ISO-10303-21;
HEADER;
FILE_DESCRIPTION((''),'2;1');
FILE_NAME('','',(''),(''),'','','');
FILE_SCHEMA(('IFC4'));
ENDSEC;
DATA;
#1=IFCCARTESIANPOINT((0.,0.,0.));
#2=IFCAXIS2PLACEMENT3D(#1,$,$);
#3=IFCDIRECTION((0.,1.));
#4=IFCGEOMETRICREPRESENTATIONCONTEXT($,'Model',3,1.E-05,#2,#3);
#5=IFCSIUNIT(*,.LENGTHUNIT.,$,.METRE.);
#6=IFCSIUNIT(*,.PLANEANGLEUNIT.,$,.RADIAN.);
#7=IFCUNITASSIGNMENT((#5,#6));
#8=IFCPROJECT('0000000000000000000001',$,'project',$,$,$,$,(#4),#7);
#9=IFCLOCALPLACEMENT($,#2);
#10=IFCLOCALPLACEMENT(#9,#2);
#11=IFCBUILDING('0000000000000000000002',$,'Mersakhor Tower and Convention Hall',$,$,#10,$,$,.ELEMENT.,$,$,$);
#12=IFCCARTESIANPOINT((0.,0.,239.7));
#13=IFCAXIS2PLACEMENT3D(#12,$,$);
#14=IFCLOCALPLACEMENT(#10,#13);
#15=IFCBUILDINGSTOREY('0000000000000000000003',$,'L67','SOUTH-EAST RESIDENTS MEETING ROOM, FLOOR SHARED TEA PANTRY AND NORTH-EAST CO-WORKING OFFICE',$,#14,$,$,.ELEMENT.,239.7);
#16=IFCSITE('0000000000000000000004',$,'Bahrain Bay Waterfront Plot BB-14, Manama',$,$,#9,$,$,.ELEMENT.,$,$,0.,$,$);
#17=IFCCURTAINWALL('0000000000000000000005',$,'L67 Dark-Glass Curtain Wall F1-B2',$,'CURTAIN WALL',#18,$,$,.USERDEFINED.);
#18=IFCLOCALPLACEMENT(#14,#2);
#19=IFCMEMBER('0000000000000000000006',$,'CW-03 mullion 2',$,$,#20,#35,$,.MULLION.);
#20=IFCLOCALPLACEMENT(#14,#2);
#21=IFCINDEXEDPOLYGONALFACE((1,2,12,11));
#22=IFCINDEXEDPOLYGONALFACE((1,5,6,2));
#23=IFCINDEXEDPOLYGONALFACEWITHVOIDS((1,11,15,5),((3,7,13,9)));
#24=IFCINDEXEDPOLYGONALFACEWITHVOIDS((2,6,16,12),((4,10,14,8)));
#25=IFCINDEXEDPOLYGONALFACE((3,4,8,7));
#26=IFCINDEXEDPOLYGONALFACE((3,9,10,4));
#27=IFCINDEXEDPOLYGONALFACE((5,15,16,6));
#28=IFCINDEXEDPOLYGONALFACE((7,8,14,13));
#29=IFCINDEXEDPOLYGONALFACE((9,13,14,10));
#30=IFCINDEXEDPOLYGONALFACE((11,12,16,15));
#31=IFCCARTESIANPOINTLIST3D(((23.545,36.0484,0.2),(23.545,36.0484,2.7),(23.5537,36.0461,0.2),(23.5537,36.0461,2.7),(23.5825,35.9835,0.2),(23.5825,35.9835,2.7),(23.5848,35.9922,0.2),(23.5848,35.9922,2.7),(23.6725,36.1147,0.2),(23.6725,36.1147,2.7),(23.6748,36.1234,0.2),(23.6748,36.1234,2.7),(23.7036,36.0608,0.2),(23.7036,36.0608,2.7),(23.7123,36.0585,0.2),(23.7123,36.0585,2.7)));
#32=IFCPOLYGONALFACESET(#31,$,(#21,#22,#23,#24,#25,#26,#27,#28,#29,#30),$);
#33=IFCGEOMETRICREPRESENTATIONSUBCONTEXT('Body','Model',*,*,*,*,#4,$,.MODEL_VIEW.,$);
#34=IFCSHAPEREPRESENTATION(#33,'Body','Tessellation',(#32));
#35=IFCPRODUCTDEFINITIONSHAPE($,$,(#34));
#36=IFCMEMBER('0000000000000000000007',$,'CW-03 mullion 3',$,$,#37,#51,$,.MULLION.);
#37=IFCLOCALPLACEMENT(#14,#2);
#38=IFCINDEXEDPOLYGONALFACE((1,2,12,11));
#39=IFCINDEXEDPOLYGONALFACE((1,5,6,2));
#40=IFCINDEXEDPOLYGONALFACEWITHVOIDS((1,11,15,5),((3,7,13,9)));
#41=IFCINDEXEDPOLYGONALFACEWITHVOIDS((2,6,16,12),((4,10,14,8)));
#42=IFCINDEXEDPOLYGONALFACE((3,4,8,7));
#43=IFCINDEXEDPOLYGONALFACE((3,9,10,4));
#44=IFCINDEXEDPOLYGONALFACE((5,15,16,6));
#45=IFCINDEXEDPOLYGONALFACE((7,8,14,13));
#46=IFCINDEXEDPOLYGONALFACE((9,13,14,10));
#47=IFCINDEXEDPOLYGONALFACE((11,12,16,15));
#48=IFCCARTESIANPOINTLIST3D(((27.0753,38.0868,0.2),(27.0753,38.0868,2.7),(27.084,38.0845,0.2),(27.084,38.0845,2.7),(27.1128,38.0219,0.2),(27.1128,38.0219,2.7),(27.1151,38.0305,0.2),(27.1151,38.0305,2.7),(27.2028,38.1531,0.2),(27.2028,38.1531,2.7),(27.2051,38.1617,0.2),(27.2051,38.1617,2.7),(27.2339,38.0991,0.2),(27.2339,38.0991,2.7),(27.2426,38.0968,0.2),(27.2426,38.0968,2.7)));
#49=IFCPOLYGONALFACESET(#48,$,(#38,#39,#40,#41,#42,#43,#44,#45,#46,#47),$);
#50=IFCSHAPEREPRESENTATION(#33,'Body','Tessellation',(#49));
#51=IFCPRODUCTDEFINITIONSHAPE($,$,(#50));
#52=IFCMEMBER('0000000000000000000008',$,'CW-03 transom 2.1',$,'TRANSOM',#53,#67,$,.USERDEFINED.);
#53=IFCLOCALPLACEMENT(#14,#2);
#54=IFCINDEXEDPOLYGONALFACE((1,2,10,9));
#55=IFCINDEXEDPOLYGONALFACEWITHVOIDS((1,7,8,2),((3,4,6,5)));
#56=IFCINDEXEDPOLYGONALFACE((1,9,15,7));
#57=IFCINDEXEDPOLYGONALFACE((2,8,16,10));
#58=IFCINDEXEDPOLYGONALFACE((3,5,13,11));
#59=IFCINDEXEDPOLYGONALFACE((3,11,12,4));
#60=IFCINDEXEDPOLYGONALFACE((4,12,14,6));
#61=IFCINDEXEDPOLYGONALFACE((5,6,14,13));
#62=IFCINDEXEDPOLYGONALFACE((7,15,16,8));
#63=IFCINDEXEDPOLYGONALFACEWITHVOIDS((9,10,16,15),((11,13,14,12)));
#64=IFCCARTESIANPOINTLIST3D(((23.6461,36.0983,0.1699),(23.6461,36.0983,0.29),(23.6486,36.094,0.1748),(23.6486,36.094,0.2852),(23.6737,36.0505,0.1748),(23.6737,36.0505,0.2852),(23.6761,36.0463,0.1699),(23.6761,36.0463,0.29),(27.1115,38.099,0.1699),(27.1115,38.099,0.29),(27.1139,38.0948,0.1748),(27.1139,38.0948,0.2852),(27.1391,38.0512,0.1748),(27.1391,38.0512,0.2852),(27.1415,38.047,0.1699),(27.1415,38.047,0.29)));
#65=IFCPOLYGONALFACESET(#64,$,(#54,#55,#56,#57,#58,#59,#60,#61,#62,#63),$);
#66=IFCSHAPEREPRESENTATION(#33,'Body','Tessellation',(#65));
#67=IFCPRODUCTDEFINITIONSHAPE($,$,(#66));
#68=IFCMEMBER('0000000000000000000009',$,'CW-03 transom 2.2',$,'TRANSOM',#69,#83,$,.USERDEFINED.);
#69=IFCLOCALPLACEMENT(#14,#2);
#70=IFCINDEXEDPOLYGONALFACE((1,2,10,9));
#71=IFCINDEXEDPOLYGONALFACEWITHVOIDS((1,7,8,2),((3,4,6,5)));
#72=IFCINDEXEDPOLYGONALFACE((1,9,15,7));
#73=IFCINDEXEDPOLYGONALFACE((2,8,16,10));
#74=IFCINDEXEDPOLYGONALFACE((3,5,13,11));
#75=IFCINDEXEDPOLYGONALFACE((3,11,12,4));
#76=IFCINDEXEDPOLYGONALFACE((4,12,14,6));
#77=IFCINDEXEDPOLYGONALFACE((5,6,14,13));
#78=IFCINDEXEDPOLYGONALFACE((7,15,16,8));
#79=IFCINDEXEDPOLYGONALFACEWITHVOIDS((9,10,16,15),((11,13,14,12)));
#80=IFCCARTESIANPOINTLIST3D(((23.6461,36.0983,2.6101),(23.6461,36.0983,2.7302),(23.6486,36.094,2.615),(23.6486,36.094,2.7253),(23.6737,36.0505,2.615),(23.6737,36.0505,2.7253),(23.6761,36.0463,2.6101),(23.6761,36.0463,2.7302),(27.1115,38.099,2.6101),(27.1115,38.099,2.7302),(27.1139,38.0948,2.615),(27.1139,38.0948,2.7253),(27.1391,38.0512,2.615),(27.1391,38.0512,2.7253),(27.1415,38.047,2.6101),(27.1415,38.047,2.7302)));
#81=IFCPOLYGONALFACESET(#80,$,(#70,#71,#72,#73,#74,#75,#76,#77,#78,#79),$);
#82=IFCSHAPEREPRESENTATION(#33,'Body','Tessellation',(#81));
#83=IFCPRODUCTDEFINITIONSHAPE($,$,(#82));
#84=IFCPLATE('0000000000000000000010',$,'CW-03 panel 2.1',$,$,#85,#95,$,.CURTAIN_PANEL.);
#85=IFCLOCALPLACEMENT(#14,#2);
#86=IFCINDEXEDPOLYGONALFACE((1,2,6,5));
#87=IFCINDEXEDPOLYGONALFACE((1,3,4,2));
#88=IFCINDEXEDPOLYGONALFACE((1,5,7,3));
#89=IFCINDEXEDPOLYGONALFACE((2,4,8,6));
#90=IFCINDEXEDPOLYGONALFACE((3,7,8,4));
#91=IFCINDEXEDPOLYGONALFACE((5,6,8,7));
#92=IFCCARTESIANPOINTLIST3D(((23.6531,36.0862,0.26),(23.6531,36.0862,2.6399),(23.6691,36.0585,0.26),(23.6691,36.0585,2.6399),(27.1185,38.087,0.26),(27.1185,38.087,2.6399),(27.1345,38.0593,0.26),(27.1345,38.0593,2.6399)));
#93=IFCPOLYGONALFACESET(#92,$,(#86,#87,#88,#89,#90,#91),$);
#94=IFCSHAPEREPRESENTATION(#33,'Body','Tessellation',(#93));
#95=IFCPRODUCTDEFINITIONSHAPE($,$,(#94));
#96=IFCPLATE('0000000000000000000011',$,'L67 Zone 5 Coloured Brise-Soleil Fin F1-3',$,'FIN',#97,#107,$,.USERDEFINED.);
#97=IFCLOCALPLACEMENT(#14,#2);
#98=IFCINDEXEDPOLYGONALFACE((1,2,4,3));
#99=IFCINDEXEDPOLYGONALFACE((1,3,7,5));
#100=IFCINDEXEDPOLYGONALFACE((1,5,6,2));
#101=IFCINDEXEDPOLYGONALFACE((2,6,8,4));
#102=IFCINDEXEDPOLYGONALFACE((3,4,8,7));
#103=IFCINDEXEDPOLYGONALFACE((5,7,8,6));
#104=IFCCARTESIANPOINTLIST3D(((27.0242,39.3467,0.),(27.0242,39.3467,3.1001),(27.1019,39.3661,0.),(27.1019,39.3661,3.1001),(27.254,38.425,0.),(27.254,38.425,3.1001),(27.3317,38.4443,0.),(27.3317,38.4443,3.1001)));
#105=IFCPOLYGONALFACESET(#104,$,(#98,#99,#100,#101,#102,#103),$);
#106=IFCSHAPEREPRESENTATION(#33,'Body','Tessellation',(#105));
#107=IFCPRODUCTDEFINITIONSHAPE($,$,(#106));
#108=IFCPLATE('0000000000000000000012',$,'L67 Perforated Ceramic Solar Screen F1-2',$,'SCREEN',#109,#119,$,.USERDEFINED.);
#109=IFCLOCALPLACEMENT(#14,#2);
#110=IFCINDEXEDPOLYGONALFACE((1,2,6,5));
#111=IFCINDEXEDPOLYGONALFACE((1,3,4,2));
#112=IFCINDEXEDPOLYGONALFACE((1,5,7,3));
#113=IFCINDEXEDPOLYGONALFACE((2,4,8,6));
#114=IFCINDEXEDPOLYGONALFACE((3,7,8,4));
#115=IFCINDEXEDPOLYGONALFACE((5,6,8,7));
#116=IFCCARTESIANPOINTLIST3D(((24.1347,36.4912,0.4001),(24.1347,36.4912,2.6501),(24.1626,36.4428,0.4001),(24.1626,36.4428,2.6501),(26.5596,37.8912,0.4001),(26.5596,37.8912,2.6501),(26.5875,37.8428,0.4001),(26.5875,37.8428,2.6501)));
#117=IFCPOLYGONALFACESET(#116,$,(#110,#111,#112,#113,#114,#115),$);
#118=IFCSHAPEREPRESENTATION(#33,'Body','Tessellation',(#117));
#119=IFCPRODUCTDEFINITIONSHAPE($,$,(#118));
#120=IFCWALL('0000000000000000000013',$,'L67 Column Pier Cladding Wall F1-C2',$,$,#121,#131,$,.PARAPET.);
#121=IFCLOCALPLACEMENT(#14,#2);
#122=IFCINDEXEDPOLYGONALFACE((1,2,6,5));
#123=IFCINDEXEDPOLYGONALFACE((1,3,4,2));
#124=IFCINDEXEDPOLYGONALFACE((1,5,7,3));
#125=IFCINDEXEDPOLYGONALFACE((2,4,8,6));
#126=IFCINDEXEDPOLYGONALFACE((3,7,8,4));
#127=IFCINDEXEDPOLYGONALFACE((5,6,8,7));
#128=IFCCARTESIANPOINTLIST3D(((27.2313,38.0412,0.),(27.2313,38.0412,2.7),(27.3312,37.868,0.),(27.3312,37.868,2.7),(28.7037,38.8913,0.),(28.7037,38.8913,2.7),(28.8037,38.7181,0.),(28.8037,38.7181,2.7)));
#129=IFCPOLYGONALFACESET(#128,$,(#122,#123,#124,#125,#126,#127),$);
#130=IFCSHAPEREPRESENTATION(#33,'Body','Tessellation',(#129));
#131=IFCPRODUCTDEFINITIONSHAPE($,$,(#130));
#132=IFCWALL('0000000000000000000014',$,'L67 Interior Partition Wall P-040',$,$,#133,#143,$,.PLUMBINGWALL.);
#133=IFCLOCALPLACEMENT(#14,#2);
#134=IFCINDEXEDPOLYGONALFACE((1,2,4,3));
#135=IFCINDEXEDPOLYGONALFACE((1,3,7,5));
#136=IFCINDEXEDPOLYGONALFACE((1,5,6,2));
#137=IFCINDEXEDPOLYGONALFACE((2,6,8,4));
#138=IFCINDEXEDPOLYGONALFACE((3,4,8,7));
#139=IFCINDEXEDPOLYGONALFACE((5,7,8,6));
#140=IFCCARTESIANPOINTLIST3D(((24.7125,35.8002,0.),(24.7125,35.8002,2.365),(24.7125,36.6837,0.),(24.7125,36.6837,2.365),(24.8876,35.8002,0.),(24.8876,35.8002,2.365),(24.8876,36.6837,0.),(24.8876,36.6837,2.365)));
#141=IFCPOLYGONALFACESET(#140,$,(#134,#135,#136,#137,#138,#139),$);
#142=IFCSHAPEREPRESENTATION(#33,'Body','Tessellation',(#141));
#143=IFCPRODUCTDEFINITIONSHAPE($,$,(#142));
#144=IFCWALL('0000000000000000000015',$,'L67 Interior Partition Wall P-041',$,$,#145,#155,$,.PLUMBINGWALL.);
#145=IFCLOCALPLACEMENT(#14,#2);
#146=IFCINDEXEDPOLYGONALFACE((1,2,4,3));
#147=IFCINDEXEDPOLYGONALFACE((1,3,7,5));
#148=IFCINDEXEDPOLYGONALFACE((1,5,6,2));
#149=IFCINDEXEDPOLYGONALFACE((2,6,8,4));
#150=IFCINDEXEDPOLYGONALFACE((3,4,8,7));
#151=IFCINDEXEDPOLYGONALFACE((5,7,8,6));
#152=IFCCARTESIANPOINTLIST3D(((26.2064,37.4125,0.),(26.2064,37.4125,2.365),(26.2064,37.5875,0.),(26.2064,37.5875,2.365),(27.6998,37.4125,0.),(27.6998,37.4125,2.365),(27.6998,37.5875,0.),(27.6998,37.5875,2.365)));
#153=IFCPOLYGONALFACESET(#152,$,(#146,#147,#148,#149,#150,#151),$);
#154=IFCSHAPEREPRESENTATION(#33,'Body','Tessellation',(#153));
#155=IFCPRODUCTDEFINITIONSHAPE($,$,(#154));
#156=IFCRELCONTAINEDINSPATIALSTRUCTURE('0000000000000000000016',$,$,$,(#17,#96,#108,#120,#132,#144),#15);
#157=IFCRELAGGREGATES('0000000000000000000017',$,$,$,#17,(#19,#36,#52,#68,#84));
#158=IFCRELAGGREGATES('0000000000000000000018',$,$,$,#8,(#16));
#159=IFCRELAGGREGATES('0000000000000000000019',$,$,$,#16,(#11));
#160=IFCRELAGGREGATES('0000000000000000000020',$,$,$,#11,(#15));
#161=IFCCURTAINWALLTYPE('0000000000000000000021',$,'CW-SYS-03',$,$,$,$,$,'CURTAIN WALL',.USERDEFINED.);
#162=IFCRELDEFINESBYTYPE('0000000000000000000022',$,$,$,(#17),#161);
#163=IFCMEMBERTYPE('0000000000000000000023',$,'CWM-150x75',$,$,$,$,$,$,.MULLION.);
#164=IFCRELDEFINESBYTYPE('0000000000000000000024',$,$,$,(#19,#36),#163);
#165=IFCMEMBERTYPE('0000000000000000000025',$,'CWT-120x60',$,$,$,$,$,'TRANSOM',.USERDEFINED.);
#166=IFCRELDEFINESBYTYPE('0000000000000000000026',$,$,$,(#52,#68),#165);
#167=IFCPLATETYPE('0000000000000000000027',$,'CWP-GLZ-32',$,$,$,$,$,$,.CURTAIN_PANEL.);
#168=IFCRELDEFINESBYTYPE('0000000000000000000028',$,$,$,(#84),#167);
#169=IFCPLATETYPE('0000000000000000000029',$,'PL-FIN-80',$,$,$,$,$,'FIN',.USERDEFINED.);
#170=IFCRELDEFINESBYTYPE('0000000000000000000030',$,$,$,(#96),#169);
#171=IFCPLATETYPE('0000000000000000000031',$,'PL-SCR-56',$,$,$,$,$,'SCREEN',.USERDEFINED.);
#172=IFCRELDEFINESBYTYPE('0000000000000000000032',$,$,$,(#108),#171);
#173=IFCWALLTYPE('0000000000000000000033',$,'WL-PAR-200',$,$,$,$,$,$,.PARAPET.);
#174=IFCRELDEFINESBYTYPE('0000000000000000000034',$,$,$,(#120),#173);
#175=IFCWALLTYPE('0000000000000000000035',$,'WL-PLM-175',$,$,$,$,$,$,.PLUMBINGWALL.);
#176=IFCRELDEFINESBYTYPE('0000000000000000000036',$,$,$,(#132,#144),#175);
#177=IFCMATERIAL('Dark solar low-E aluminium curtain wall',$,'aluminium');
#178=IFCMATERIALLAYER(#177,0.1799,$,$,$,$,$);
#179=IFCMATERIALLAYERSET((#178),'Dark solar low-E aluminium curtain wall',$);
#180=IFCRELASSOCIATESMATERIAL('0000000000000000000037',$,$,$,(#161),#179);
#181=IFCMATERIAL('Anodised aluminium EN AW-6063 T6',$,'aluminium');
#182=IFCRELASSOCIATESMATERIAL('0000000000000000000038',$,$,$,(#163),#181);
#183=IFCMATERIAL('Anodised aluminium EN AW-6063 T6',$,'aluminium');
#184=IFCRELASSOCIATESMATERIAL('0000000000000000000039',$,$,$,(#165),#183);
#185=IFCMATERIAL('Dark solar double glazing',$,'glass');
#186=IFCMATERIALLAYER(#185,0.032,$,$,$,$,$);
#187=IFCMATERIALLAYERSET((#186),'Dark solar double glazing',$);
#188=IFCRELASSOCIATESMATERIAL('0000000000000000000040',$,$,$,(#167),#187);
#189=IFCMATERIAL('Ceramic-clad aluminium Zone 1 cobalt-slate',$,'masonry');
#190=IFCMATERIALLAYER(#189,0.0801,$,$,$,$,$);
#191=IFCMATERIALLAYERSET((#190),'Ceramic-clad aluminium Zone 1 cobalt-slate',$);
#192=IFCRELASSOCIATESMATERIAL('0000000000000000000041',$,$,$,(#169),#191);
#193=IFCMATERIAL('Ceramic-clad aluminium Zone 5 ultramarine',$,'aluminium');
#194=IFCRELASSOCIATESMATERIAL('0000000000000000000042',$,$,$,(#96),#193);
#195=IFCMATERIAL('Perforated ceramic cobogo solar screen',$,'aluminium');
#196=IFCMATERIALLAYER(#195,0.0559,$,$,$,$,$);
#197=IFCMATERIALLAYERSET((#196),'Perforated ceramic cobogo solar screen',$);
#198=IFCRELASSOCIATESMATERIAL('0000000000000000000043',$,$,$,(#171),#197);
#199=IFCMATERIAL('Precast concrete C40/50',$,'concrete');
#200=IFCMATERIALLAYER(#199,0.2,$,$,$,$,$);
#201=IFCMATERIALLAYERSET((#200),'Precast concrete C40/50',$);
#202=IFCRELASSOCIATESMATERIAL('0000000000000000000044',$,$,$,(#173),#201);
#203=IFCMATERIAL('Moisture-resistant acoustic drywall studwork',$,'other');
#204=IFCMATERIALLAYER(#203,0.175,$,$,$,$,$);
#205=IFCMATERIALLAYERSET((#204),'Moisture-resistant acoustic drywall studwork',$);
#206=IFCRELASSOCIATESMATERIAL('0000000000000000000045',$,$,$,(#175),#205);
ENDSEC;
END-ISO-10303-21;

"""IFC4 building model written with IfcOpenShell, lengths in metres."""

from ifc_helpers import new_model, si_unit, direction, frame, frame_2d, origin, origin_2d, place, context, subcontext, project, spatial, rectangle, hollow_rectangle, extrude, material, layer, layer_set, material_profile, profile_set, type_object, element, aggregate, save


model = new_model("IFC4")

# Units and contexts
model_context = context("Model", 3, precision=1e-05, world=origin(), true_north=direction((0.0, 1.0)))
body_context = subcontext(model_context, "Body", "Model", "MODEL_VIEW")
ifc_project = project(units=[si_unit("LENGTHUNIT", "METRE"), si_unit("PLANEANGLEUNIT", "RADIAN")], contexts=[model_context])

# Site, building, storey
site_placement = place(None, origin())
site = spatial("IfcSite", under=ifc_project, at=site_placement, Name="Bahrain Bay Waterfront Plot BB-14, Manama", CompositionType="ELEMENT", RefElevation=0.0)
building_placement = place(site_placement, origin())
building = spatial("IfcBuilding", under=site, at=building_placement, Name="Mersakhor Tower and Convention Hall", CompositionType="ELEMENT")
storey_placement = place(building_placement, frame((0.0, 0.0, 239.7)))
storey = spatial("IfcBuildingStorey", under=building, at=storey_placement, Name="L67", Description="SOUTH-EAST RESIDENTS MEETING ROOM, FLOOR SHARED TEA PANTRY AND NORTH-EAST CO-WORKING OFFICE", CompositionType="ELEMENT", Elevation=239.7)

# Curtain wall, members, plate
ifc_material_1 = material(Name="Dark solar low-E aluminium curtain wall", Category="aluminium")
ifc_layer_1 = layer(ifc_material_1, 0.1799)
ifc_layer_set_1 = layer_set([ifc_layer_1], Name="Dark solar low-E aluminium curtain wall")
curtain_wall_type = type_object("IfcCurtainWallType", Name="CW-SYS-03", ElementType="CURTAIN WALL", PredefinedType="USERDEFINED", material=ifc_layer_set_1)
curtain_wall_placement = place(storey_placement, origin())
curtain_wall = element("IfcCurtainWall", 1, at=curtain_wall_placement, inside=storey, type_object=curtain_wall_type, Name="L67 Dark-Glass Curtain Wall F1-B2", ObjectType="CURTAIN WALL", PredefinedType="USERDEFINED")
ifc_material_2 = material(Name="Anodised aluminium EN AW-6063 T6", Category="aluminium")
ifc_material_profile_1 = material_profile(ifc_material_2, hollow_rectangle(XDim=0.075, YDim=0.1499, WallThickness=0.0063, at=origin_2d()), Name="RHS 150x75x6.3")
ifc_profile_set_1 = profile_set([ifc_material_profile_1], Name="Anodised aluminium EN AW-6063 T6")
member_type_1 = type_object("IfcMemberType", Name="CWM-150x75", PredefinedType="MULLION", material=ifc_profile_set_1)
member_1_placement = place(storey_placement, frame((23.6287, 36.0535, 0.2), z_axis=(0.0, 0.0, 1.0), x_axis=(-0.500004, 0.866023, 0.0)))
member_1 = element("IfcMember", 2, at=member_1_placement, type_object=member_type_1, Name="CW-03 mullion 2", PredefinedType="MULLION", context=body_context, shape_type="SweptSolid", body=[
    extrude(hollow_rectangle(XDim=0.075, YDim=0.1499, WallThickness=0.0063, at=origin_2d()), origin(), (0.0, 0.0, 1.0), 2.5),
])
member_2_placement = place(storey_placement, frame((27.1589, 38.0918, 0.2), z_axis=(0.0, 0.0, 1.0), x_axis=(-0.500004, 0.866023, 0.0)))
member_2 = element("IfcMember", 3, at=member_2_placement, type_object=member_type_1, Name="CW-03 mullion 3", PredefinedType="MULLION", context=body_context, shape_type="SweptSolid", body=[
    extrude(hollow_rectangle(XDim=0.075, YDim=0.1499, WallThickness=0.0063, at=origin_2d()), origin(), (0.0, 0.0, 1.0), 2.5),
])
ifc_material_3 = material(Name="Anodised aluminium EN AW-6063 T6", Category="aluminium")
ifc_material_profile_2 = material_profile(ifc_material_3, hollow_rectangle(XDim=0.0601, YDim=0.1201, WallThickness=0.0049, at=origin_2d()), Name="RHS 120x60x5")
ifc_profile_set_2 = profile_set([ifc_material_profile_2], Name="Anodised aluminium EN AW-6063 T6")
member_type_2 = type_object("IfcMemberType", Name="CWT-120x60", ElementType="TRANSOM", PredefinedType="USERDEFINED", material=ifc_profile_set_2)
member_3_placement = place(storey_placement, frame((23.6611, 36.0723, 0.23), z_axis=(0.866023, 0.500004, 0.0), x_axis=(-0.500004, 0.866023, 0.0)))
member_3 = element("IfcMember", 4, at=member_3_placement, type_object=member_type_2, Name="CW-03 transom 2.1", ObjectType="TRANSOM", PredefinedType="USERDEFINED", context=body_context, shape_type="SweptSolid", body=[
    extrude(hollow_rectangle(XDim=0.0601, YDim=0.1201, WallThickness=0.0049, at=origin_2d()), origin(), (0.0, 0.0, 1.0), 4.0015),
])
member_4_placement = place(storey_placement, frame((23.6611, 36.0723, 2.6702), z_axis=(0.866023, 0.500004, 0.0), x_axis=(-0.500004, 0.866023, 0.0)))
member_4 = element("IfcMember", 5, at=member_4_placement, type_object=member_type_2, Name="CW-03 transom 2.2", ObjectType="TRANSOM", PredefinedType="USERDEFINED", context=body_context, shape_type="SweptSolid", body=[
    extrude(hollow_rectangle(XDim=0.0601, YDim=0.1201, WallThickness=0.0049, at=origin_2d()), origin(), (0.0, 0.0, 1.0), 4.0015),
])
ifc_material_4 = material(Name="Dark solar double glazing", Category="glass")
ifc_layer_2 = layer(ifc_material_4, 0.032)
ifc_layer_set_2 = layer_set([ifc_layer_2], Name="Dark solar double glazing")
plate_type_1 = type_object("IfcPlateType", Name="CWP-GLZ-32", PredefinedType="CURTAIN_PANEL", material=ifc_layer_set_2)
plate_1_placement = place(storey_placement, frame((25.3938, 37.0728, 0.26), z_axis=(0.0, 0.0, 1.0), x_axis=(0.866023, 0.500004, 0.0)))
plate_1 = element("IfcPlate", 6, at=plate_1_placement, type_object=plate_type_1, Name="CW-03 panel 2.1", PredefinedType="CURTAIN_PANEL", context=body_context, shape_type="SweptSolid", body=[
    extrude(rectangle(XDim=4.0015, YDim=0.032, at=origin_2d()), origin(), (0.0, 0.0, 1.0), 2.3799),
])
aggregate(curtain_wall, [member_1, member_2, member_3, member_4, plate_1])

# Plates
ifc_material_5 = material(Name="Ceramic-clad aluminium Zone 5 ultramarine", Category="aluminium")
ifc_material_6 = material(Name="Ceramic-clad aluminium Zone 1 cobalt-slate", Category="masonry")
ifc_layer_3 = layer(ifc_material_6, 0.0801)
ifc_layer_set_3 = layer_set([ifc_layer_3], Name="Ceramic-clad aluminium Zone 1 cobalt-slate")
plate_type_2 = type_object("IfcPlateType", Name="PL-FIN-80", ElementType="FIN", PredefinedType="USERDEFINED", material=ifc_layer_set_3)
plate_2_placement = place(storey_placement, frame((27.178, 38.8955, 0.0), z_axis=(0.0, 0.0, 1.0), x_axis=(-0.241922, 0.970296, 0.0)))
element("IfcPlate", 7, at=plate_2_placement, inside=storey, type_object=plate_type_2, material=ifc_material_5, Name="L67 Zone 5 Coloured Brise-Soleil Fin F1-3", ObjectType="FIN", PredefinedType="USERDEFINED", context=body_context, shape_type="SweptSolid", body=[
    extrude(rectangle(XDim=0.95, YDim=0.0801, at=origin_2d()), origin(), (0.0, 0.0, 1.0), 3.1001),
])
ifc_material_7 = material(Name="Perforated ceramic cobogo solar screen", Category="aluminium")
ifc_layer_4 = layer(ifc_material_7, 0.0559)
ifc_layer_set_4 = layer_set([ifc_layer_4], Name="Perforated ceramic cobogo solar screen")
plate_type_3 = type_object("IfcPlateType", Name="PL-SCR-56", ElementType="SCREEN", PredefinedType="USERDEFINED", material=ifc_layer_set_4)
plate_3_placement = place(storey_placement, frame((25.3611, 37.167, 0.4001), z_axis=(0.0, 0.0, 1.0), x_axis=(0.866025, 0.5, 0.0)))
element("IfcPlate", 8, at=plate_3_placement, inside=storey, type_object=plate_type_3, Name="L67 Perforated Ceramic Solar Screen F1-2", ObjectType="SCREEN", PredefinedType="USERDEFINED", context=body_context, shape_type="SweptSolid", body=[
    extrude(rectangle(XDim=2.8, YDim=0.0559, at=origin_2d()), origin(), (0.0, 0.0, 1.0), 2.25),
])

# Walls
ifc_material_8 = material(Name="Precast concrete C40/50", Category="concrete")
ifc_layer_5 = layer(ifc_material_8, 0.2)
ifc_layer_set_5 = layer_set([ifc_layer_5], Name="Precast concrete C40/50")
wall_type_1 = type_object("IfcWallType", Name="WL-PAR-200", PredefinedType="PARAPET", material=ifc_layer_set_5)
wall_1_placement = place(storey_placement, frame((27.2812, 37.9546, 0.0), z_axis=(0.0, 0.0, 1.0), x_axis=(0.866025, 0.5, 0.0)))
element("IfcWall", 9, at=wall_1_placement, inside=storey, type_object=wall_type_1, Name="L67 Column Pier Cladding Wall F1-C2", PredefinedType="PARAPET", context=body_context, shape_type="SweptSolid", body=[
    extrude(rectangle(XDim=1.7002, YDim=0.2, at=frame_2d((0.8501, 0.0))), origin(), (0.0, 0.0, 1.0), 2.7),
])
ifc_material_9 = material(Name="Moisture-resistant acoustic drywall studwork", Category="other")
ifc_layer_6 = layer(ifc_material_9, 0.175)
ifc_layer_set_6 = layer_set([ifc_layer_6], Name="Moisture-resistant acoustic drywall studwork")
wall_type_2 = type_object("IfcWallType", Name="WL-PLM-175", PredefinedType="PLUMBINGWALL", material=ifc_layer_set_6)
wall_2_placement = place(storey_placement, frame((24.8, 35.8, 0.0), z_axis=(0.0, 0.0, 1.0), x_axis=(0.0, 1.0, 0.0)))
element("IfcWall", 10, at=wall_2_placement, inside=storey, type_object=wall_type_2, Name="L67 Interior Partition Wall P-040", PredefinedType="PLUMBINGWALL", context=body_context, shape_type="SweptSolid", body=[
    extrude(rectangle(XDim=0.8835, YDim=0.175, at=frame_2d((0.4419, 0.0))), origin(), (0.0, 0.0, 1.0), 2.365),
])
wall_3_placement = place(storey_placement, frame((26.2065, 37.5, 0.0), z_axis=(0.0, 0.0, 1.0), x_axis=(1.0, 0.0, 0.0)))
element("IfcWall", 11, at=wall_3_placement, inside=storey, type_object=wall_type_2, Name="L67 Interior Partition Wall P-041", PredefinedType="PLUMBINGWALL", context=body_context, shape_type="SweptSolid", body=[
    extrude(rectangle(XDim=1.4934, YDim=0.175, at=frame_2d((0.7466, 0.0))), origin(), (0.0, 0.0, 1.0), 2.365),
])

save(model, "model.ifc")
